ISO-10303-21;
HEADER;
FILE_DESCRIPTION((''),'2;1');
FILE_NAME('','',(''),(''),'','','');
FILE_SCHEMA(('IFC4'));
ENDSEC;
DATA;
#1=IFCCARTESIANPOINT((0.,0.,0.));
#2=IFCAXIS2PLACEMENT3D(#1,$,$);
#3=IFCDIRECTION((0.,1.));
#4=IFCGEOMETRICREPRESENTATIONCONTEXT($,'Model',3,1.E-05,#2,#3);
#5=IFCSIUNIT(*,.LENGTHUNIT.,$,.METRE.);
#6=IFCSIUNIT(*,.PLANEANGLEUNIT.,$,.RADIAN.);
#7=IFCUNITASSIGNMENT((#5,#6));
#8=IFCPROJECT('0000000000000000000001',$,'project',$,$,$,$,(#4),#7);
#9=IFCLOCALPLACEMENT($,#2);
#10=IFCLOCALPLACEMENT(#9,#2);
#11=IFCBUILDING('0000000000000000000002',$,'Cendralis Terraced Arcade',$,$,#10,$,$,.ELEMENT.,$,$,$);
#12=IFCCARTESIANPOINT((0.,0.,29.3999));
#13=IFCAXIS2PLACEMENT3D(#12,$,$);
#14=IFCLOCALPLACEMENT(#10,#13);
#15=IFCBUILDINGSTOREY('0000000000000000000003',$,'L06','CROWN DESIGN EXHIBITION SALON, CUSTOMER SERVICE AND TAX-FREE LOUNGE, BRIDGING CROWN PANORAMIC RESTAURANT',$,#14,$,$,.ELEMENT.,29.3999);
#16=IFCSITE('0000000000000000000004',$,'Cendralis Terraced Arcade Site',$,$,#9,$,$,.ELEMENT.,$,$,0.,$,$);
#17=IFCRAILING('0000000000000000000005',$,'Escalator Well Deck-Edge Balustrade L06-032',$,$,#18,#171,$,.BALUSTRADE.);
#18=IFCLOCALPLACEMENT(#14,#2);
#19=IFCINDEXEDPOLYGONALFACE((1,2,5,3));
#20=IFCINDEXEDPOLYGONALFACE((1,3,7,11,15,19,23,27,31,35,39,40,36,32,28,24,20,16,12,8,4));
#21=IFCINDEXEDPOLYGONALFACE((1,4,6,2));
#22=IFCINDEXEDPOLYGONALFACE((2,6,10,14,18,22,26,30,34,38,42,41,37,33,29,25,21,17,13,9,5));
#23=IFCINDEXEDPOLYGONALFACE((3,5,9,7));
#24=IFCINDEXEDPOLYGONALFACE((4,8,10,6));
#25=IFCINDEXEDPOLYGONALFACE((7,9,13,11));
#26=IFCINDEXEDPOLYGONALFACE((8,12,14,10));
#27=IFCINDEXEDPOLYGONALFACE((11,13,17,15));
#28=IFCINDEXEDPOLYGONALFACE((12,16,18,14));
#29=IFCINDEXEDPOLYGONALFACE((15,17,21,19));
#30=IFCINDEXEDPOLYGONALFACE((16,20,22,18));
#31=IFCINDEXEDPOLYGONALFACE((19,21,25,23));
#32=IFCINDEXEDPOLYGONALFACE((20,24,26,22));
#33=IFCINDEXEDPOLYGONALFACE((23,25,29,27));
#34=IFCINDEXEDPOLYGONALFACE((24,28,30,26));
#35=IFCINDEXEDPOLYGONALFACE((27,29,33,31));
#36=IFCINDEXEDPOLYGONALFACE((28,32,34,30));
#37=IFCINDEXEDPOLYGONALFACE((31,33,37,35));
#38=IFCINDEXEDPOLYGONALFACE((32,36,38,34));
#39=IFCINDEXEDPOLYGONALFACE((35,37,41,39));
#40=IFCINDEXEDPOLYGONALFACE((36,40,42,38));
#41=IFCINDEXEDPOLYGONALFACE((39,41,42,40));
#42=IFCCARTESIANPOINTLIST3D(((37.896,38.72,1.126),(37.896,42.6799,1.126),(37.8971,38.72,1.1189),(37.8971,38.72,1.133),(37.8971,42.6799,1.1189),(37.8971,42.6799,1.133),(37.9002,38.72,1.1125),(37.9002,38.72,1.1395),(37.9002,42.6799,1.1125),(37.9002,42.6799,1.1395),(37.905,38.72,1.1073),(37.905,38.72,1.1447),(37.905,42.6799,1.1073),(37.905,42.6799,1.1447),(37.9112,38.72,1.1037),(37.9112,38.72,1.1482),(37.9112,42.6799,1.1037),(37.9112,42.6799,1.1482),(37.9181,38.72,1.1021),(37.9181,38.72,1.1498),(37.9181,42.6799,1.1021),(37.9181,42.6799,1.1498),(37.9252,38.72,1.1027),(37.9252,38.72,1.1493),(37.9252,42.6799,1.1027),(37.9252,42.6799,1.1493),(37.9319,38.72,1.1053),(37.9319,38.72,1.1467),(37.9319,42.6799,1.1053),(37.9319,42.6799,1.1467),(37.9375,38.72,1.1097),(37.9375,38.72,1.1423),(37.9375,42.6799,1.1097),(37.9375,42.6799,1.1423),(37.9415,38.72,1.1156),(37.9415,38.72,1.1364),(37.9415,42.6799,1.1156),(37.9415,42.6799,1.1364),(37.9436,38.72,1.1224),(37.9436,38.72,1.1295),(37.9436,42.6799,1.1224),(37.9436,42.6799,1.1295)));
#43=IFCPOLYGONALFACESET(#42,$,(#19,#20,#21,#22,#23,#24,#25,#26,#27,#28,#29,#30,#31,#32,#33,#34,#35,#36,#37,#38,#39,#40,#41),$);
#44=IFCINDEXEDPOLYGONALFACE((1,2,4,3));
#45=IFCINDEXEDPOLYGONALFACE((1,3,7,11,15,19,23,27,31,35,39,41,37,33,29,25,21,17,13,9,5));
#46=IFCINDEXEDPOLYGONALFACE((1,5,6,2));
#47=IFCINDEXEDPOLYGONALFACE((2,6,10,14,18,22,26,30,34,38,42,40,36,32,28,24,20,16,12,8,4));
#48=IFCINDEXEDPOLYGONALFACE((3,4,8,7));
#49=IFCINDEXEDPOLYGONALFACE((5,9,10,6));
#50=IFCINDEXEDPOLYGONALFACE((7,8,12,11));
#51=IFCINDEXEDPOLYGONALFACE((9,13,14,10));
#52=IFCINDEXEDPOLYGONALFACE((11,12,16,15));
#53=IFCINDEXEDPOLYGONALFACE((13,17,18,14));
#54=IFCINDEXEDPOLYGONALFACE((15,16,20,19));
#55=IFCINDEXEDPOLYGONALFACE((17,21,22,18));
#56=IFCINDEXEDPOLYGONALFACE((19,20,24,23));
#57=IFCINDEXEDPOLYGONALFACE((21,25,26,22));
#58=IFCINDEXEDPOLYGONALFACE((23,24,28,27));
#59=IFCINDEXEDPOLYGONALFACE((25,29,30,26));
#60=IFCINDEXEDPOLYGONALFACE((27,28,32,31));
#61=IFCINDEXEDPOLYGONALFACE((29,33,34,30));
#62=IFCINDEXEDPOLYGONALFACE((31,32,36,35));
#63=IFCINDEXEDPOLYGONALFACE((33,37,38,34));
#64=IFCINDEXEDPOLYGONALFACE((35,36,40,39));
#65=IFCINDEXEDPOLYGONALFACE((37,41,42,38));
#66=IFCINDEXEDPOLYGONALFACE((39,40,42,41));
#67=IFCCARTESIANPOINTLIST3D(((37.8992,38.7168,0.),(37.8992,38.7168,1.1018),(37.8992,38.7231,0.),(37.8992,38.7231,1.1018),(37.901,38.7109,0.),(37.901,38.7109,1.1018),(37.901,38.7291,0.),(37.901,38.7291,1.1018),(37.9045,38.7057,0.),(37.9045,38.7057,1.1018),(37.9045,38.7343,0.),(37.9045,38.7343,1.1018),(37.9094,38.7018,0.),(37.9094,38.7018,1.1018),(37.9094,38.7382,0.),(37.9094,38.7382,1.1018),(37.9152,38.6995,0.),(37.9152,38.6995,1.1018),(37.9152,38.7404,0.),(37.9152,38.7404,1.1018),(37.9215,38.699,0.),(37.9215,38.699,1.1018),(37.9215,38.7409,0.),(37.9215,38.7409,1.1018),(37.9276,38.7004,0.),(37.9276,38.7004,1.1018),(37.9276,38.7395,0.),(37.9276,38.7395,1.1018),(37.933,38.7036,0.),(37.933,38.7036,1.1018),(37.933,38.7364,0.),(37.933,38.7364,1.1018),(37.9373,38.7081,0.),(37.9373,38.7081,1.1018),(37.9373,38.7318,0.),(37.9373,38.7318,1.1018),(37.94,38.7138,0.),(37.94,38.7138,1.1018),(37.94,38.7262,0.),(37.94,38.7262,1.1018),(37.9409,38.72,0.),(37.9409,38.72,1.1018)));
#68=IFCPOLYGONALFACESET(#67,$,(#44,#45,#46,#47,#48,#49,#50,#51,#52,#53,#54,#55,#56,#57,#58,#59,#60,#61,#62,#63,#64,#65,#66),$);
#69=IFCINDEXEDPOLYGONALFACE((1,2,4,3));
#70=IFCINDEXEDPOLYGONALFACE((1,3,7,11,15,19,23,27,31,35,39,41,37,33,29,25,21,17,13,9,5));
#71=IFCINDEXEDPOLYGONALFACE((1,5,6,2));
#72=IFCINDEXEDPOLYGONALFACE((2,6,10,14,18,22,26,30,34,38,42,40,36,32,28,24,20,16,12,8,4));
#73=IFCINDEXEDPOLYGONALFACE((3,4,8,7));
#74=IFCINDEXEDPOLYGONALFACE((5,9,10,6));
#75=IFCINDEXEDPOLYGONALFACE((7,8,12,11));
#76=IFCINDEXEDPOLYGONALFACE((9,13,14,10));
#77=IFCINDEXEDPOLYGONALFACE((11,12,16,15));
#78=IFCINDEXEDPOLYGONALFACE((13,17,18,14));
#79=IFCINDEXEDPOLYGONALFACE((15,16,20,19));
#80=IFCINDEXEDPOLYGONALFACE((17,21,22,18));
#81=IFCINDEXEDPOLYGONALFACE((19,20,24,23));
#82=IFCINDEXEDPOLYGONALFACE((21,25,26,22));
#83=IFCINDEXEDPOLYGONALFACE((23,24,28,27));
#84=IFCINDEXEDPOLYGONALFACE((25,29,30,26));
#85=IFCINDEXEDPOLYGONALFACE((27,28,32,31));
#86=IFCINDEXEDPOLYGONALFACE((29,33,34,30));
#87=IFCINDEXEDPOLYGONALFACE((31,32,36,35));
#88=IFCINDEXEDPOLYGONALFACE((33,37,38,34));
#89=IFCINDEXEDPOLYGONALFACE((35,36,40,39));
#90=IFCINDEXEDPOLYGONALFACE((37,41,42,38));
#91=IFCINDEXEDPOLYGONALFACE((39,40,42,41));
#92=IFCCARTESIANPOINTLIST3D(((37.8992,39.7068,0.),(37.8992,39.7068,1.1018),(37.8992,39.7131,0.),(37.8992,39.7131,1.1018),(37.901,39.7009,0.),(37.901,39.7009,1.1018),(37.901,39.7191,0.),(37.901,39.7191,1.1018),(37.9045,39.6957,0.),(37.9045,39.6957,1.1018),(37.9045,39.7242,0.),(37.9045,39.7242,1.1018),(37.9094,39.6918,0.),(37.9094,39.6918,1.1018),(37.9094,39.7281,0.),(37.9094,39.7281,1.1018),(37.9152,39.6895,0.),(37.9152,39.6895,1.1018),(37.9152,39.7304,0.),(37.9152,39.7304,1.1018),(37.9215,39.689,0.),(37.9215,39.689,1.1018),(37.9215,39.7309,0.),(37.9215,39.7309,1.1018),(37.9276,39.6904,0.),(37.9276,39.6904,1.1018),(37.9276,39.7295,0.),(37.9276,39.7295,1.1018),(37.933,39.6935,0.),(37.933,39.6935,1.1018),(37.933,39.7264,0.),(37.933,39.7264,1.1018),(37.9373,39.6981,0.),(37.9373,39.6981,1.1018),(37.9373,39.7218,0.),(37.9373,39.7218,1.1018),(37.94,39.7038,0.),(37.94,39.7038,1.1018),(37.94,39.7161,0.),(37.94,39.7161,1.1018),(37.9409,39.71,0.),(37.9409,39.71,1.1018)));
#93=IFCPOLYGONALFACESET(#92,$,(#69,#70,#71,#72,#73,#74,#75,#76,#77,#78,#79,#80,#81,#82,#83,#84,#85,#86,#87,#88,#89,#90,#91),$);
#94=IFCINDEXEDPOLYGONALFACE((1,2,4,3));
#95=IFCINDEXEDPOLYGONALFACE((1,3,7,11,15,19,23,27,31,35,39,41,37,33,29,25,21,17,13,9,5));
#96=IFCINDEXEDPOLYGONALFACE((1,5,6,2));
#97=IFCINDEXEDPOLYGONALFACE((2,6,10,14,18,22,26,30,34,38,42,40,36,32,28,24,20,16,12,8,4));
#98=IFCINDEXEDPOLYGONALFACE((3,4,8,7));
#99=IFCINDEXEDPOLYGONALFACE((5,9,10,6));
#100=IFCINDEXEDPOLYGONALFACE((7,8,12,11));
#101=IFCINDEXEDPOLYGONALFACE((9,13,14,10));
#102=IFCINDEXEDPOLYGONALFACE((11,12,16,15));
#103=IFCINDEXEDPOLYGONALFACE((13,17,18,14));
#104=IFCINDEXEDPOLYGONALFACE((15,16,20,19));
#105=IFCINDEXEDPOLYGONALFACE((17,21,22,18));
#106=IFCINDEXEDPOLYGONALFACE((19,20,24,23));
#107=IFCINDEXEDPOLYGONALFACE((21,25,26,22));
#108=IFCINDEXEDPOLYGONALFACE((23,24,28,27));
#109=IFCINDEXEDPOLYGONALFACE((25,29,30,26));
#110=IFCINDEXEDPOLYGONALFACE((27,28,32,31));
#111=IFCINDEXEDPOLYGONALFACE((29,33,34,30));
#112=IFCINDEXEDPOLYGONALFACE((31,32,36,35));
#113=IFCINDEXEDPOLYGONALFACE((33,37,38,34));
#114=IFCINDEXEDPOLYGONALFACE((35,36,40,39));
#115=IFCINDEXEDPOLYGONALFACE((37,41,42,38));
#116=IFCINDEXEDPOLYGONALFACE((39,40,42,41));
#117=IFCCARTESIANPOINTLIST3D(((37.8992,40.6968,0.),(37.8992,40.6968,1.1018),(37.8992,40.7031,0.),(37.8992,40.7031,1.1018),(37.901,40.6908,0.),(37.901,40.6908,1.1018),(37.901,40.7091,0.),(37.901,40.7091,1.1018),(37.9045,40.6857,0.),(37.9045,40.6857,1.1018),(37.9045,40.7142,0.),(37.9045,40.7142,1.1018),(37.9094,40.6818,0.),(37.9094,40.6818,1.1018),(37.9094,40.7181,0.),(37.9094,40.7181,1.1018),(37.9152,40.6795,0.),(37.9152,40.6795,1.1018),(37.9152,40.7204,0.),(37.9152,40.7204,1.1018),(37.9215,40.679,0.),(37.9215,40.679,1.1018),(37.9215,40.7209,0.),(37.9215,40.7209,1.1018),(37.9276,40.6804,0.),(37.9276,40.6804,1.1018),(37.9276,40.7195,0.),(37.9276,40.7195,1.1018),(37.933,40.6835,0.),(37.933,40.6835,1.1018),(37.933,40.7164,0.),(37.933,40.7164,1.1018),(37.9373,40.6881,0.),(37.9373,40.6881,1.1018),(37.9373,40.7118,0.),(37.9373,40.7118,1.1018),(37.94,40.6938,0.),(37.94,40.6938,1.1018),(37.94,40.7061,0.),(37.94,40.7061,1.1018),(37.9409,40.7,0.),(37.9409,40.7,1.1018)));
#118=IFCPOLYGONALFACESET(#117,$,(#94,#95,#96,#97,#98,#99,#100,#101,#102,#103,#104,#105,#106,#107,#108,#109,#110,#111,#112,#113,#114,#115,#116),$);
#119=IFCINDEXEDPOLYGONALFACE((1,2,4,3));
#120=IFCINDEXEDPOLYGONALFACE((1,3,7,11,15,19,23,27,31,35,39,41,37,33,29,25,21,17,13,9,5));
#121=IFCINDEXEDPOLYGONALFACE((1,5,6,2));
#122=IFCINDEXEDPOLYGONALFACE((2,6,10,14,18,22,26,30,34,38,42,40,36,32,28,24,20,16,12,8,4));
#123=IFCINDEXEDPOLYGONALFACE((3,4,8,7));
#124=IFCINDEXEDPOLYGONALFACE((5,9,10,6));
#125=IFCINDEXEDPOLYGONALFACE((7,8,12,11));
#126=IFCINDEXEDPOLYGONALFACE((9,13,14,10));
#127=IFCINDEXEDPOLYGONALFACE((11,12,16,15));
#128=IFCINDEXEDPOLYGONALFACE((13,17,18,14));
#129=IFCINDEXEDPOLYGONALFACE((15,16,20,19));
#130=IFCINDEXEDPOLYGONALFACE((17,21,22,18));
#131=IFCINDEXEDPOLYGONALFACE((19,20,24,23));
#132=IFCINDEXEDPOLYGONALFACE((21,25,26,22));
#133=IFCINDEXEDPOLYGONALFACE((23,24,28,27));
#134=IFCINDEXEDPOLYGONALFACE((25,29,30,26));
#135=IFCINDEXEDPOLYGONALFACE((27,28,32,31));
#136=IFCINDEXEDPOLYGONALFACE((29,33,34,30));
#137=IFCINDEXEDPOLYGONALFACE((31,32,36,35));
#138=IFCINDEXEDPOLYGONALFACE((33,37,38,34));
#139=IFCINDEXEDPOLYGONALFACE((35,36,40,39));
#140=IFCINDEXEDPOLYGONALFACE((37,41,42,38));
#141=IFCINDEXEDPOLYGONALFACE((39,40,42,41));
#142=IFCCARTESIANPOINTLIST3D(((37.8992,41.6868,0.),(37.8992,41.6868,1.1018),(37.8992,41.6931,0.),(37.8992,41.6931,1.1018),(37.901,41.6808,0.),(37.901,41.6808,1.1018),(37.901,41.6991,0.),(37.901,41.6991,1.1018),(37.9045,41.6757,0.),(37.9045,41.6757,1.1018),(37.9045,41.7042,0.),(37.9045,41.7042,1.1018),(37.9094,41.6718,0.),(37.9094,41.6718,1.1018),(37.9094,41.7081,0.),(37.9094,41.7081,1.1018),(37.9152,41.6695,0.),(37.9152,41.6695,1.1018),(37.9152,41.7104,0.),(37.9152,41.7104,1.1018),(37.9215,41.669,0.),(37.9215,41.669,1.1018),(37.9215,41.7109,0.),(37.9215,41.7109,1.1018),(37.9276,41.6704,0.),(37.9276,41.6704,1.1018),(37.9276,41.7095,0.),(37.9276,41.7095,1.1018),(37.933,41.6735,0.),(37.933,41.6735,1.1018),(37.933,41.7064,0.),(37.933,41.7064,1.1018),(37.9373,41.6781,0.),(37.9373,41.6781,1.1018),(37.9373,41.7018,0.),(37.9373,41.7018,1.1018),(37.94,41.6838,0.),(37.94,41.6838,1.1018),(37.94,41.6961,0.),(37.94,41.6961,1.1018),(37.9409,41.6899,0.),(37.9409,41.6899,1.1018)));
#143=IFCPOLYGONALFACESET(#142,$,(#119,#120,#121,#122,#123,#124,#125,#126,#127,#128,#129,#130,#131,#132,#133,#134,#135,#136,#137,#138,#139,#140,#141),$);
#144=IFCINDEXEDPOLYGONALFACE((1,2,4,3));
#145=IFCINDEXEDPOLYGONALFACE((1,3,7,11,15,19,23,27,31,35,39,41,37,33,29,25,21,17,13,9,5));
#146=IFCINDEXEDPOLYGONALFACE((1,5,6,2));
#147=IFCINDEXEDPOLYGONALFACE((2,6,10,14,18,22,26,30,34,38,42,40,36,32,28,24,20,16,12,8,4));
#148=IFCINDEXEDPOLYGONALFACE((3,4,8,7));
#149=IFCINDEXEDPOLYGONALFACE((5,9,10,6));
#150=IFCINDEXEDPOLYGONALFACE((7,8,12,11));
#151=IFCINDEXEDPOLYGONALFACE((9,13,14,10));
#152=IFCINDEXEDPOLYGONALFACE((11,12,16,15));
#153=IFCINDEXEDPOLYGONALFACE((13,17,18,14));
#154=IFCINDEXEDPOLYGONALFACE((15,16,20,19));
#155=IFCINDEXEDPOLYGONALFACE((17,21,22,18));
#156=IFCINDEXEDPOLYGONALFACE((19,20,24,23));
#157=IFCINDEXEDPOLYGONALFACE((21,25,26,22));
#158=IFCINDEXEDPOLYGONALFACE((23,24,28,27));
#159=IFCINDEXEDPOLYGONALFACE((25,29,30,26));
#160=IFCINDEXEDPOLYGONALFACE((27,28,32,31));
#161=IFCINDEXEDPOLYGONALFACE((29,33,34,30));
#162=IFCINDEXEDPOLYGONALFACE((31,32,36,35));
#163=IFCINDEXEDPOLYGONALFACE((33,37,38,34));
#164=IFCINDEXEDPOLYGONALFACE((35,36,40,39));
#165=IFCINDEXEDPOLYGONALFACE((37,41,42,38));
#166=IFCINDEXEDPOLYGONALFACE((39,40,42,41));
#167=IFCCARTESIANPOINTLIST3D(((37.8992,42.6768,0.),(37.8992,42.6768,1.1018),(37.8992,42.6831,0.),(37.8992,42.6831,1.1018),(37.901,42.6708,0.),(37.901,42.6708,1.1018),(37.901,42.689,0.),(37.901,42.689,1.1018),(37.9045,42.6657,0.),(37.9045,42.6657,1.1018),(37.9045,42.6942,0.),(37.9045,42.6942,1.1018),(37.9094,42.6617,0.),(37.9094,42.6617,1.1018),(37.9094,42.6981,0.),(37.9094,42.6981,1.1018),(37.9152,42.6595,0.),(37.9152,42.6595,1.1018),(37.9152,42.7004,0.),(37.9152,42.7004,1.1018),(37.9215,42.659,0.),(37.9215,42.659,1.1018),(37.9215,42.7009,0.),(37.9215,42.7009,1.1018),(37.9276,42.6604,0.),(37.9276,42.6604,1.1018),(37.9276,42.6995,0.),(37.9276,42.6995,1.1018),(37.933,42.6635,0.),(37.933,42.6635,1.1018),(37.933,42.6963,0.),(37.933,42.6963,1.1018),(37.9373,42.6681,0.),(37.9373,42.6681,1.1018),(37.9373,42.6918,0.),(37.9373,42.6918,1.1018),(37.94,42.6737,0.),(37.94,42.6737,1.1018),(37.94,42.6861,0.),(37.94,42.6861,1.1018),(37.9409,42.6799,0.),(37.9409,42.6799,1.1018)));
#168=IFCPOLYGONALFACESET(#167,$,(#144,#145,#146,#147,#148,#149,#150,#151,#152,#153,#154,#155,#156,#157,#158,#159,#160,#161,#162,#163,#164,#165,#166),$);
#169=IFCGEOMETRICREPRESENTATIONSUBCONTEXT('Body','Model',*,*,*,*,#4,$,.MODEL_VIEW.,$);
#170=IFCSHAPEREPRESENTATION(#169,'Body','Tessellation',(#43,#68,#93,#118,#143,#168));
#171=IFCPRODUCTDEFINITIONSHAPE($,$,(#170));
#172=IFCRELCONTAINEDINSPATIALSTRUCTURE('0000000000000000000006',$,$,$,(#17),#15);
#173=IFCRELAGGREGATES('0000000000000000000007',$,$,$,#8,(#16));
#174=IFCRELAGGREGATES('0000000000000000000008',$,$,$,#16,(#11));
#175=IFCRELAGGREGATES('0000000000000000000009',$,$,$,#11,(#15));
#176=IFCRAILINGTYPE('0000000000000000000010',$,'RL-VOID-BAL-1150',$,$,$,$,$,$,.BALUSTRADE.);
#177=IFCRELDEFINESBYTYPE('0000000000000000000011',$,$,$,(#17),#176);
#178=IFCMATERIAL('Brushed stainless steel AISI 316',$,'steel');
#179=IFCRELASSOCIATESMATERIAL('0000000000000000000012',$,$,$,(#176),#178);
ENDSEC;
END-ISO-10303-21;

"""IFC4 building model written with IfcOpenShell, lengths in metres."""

from ifc_helpers import new_model, si_unit, direction, frame, origin, origin_2d, place, context, subcontext, project, spatial, circle, extrude, material, type_object, element, save


model = new_model("IFC4")

# Units and contexts
model_context = context("Model", 3, precision=1e-05, world=origin(), true_north=direction((0.0, 1.0)))
body_context = subcontext(model_context, "Body", "Model", "MODEL_VIEW")
ifc_project = project(units=[si_unit("LENGTHUNIT", "METRE"), si_unit("PLANEANGLEUNIT", "RADIAN")], contexts=[model_context])

# Site, building, storey
site_placement = place(None, origin())
site = spatial("IfcSite", under=ifc_project, at=site_placement, Name="Cendralis Terraced Arcade Site", CompositionType="ELEMENT", RefElevation=0.0)
building_placement = place(site_placement, origin())
building = spatial("IfcBuilding", under=site, at=building_placement, Name="Cendralis Terraced Arcade", CompositionType="ELEMENT")
storey_placement = place(building_placement, frame((0.0, 0.0, 29.3999)))
storey = spatial("IfcBuildingStorey", under=building, at=storey_placement, Name="L06", Description="CROWN DESIGN EXHIBITION SALON, CUSTOMER SERVICE AND TAX-FREE LOUNGE, BRIDGING CROWN PANORAMIC RESTAURANT", CompositionType="ELEMENT", Elevation=29.3999)

# Railing
ifc_material_1 = material(Name="Brushed stainless steel AISI 316", Category="steel")
railing_type_1 = type_object("IfcRailingType", Name="RL-VOID-BAL-1150", PredefinedType="BALUSTRADE", material=ifc_material_1)
railing_1_placement = place(storey_placement, frame((37.9199, 38.72, 0.0)))
element("IfcRailing", 1, at=railing_1_placement, inside=storey, type_object=railing_type_1, Name="Escalator Well Deck-Edge Balustrade L06-032", PredefinedType="BALUSTRADE", context=body_context, shape_type="SweptSolid", body=[
    extrude(circle(Radius=0.0239, at=origin_2d()), frame((0.0, 0.0, 1.126), z_axis=(0.0, 1.0, 0.0), x_axis=(-1.0, 0.0, 0.0)), (0.0, 0.0, 1.0), 3.96),
    extrude(circle(Radius=0.021, at=origin_2d()), origin(), (0.0, 0.0, 1.0), 1.1018),
    extrude(circle(Radius=0.021, at=origin_2d()), frame((0.0, 0.99, 0.0)), (0.0, 0.0, 1.0), 1.1018),
    extrude(circle(Radius=0.021, at=origin_2d()), frame((0.0, 1.98, 0.0)), (0.0, 0.0, 1.0), 1.1018),
    extrude(circle(Radius=0.021, at=origin_2d()), frame((0.0, 2.97, 0.0)), (0.0, 0.0, 1.0), 1.1018),
    extrude(circle(Radius=0.021, at=origin_2d()), frame((0.0, 3.96, 0.0)), (0.0, 0.0, 1.0), 1.1018),
])

save(model, "model.ifc")
